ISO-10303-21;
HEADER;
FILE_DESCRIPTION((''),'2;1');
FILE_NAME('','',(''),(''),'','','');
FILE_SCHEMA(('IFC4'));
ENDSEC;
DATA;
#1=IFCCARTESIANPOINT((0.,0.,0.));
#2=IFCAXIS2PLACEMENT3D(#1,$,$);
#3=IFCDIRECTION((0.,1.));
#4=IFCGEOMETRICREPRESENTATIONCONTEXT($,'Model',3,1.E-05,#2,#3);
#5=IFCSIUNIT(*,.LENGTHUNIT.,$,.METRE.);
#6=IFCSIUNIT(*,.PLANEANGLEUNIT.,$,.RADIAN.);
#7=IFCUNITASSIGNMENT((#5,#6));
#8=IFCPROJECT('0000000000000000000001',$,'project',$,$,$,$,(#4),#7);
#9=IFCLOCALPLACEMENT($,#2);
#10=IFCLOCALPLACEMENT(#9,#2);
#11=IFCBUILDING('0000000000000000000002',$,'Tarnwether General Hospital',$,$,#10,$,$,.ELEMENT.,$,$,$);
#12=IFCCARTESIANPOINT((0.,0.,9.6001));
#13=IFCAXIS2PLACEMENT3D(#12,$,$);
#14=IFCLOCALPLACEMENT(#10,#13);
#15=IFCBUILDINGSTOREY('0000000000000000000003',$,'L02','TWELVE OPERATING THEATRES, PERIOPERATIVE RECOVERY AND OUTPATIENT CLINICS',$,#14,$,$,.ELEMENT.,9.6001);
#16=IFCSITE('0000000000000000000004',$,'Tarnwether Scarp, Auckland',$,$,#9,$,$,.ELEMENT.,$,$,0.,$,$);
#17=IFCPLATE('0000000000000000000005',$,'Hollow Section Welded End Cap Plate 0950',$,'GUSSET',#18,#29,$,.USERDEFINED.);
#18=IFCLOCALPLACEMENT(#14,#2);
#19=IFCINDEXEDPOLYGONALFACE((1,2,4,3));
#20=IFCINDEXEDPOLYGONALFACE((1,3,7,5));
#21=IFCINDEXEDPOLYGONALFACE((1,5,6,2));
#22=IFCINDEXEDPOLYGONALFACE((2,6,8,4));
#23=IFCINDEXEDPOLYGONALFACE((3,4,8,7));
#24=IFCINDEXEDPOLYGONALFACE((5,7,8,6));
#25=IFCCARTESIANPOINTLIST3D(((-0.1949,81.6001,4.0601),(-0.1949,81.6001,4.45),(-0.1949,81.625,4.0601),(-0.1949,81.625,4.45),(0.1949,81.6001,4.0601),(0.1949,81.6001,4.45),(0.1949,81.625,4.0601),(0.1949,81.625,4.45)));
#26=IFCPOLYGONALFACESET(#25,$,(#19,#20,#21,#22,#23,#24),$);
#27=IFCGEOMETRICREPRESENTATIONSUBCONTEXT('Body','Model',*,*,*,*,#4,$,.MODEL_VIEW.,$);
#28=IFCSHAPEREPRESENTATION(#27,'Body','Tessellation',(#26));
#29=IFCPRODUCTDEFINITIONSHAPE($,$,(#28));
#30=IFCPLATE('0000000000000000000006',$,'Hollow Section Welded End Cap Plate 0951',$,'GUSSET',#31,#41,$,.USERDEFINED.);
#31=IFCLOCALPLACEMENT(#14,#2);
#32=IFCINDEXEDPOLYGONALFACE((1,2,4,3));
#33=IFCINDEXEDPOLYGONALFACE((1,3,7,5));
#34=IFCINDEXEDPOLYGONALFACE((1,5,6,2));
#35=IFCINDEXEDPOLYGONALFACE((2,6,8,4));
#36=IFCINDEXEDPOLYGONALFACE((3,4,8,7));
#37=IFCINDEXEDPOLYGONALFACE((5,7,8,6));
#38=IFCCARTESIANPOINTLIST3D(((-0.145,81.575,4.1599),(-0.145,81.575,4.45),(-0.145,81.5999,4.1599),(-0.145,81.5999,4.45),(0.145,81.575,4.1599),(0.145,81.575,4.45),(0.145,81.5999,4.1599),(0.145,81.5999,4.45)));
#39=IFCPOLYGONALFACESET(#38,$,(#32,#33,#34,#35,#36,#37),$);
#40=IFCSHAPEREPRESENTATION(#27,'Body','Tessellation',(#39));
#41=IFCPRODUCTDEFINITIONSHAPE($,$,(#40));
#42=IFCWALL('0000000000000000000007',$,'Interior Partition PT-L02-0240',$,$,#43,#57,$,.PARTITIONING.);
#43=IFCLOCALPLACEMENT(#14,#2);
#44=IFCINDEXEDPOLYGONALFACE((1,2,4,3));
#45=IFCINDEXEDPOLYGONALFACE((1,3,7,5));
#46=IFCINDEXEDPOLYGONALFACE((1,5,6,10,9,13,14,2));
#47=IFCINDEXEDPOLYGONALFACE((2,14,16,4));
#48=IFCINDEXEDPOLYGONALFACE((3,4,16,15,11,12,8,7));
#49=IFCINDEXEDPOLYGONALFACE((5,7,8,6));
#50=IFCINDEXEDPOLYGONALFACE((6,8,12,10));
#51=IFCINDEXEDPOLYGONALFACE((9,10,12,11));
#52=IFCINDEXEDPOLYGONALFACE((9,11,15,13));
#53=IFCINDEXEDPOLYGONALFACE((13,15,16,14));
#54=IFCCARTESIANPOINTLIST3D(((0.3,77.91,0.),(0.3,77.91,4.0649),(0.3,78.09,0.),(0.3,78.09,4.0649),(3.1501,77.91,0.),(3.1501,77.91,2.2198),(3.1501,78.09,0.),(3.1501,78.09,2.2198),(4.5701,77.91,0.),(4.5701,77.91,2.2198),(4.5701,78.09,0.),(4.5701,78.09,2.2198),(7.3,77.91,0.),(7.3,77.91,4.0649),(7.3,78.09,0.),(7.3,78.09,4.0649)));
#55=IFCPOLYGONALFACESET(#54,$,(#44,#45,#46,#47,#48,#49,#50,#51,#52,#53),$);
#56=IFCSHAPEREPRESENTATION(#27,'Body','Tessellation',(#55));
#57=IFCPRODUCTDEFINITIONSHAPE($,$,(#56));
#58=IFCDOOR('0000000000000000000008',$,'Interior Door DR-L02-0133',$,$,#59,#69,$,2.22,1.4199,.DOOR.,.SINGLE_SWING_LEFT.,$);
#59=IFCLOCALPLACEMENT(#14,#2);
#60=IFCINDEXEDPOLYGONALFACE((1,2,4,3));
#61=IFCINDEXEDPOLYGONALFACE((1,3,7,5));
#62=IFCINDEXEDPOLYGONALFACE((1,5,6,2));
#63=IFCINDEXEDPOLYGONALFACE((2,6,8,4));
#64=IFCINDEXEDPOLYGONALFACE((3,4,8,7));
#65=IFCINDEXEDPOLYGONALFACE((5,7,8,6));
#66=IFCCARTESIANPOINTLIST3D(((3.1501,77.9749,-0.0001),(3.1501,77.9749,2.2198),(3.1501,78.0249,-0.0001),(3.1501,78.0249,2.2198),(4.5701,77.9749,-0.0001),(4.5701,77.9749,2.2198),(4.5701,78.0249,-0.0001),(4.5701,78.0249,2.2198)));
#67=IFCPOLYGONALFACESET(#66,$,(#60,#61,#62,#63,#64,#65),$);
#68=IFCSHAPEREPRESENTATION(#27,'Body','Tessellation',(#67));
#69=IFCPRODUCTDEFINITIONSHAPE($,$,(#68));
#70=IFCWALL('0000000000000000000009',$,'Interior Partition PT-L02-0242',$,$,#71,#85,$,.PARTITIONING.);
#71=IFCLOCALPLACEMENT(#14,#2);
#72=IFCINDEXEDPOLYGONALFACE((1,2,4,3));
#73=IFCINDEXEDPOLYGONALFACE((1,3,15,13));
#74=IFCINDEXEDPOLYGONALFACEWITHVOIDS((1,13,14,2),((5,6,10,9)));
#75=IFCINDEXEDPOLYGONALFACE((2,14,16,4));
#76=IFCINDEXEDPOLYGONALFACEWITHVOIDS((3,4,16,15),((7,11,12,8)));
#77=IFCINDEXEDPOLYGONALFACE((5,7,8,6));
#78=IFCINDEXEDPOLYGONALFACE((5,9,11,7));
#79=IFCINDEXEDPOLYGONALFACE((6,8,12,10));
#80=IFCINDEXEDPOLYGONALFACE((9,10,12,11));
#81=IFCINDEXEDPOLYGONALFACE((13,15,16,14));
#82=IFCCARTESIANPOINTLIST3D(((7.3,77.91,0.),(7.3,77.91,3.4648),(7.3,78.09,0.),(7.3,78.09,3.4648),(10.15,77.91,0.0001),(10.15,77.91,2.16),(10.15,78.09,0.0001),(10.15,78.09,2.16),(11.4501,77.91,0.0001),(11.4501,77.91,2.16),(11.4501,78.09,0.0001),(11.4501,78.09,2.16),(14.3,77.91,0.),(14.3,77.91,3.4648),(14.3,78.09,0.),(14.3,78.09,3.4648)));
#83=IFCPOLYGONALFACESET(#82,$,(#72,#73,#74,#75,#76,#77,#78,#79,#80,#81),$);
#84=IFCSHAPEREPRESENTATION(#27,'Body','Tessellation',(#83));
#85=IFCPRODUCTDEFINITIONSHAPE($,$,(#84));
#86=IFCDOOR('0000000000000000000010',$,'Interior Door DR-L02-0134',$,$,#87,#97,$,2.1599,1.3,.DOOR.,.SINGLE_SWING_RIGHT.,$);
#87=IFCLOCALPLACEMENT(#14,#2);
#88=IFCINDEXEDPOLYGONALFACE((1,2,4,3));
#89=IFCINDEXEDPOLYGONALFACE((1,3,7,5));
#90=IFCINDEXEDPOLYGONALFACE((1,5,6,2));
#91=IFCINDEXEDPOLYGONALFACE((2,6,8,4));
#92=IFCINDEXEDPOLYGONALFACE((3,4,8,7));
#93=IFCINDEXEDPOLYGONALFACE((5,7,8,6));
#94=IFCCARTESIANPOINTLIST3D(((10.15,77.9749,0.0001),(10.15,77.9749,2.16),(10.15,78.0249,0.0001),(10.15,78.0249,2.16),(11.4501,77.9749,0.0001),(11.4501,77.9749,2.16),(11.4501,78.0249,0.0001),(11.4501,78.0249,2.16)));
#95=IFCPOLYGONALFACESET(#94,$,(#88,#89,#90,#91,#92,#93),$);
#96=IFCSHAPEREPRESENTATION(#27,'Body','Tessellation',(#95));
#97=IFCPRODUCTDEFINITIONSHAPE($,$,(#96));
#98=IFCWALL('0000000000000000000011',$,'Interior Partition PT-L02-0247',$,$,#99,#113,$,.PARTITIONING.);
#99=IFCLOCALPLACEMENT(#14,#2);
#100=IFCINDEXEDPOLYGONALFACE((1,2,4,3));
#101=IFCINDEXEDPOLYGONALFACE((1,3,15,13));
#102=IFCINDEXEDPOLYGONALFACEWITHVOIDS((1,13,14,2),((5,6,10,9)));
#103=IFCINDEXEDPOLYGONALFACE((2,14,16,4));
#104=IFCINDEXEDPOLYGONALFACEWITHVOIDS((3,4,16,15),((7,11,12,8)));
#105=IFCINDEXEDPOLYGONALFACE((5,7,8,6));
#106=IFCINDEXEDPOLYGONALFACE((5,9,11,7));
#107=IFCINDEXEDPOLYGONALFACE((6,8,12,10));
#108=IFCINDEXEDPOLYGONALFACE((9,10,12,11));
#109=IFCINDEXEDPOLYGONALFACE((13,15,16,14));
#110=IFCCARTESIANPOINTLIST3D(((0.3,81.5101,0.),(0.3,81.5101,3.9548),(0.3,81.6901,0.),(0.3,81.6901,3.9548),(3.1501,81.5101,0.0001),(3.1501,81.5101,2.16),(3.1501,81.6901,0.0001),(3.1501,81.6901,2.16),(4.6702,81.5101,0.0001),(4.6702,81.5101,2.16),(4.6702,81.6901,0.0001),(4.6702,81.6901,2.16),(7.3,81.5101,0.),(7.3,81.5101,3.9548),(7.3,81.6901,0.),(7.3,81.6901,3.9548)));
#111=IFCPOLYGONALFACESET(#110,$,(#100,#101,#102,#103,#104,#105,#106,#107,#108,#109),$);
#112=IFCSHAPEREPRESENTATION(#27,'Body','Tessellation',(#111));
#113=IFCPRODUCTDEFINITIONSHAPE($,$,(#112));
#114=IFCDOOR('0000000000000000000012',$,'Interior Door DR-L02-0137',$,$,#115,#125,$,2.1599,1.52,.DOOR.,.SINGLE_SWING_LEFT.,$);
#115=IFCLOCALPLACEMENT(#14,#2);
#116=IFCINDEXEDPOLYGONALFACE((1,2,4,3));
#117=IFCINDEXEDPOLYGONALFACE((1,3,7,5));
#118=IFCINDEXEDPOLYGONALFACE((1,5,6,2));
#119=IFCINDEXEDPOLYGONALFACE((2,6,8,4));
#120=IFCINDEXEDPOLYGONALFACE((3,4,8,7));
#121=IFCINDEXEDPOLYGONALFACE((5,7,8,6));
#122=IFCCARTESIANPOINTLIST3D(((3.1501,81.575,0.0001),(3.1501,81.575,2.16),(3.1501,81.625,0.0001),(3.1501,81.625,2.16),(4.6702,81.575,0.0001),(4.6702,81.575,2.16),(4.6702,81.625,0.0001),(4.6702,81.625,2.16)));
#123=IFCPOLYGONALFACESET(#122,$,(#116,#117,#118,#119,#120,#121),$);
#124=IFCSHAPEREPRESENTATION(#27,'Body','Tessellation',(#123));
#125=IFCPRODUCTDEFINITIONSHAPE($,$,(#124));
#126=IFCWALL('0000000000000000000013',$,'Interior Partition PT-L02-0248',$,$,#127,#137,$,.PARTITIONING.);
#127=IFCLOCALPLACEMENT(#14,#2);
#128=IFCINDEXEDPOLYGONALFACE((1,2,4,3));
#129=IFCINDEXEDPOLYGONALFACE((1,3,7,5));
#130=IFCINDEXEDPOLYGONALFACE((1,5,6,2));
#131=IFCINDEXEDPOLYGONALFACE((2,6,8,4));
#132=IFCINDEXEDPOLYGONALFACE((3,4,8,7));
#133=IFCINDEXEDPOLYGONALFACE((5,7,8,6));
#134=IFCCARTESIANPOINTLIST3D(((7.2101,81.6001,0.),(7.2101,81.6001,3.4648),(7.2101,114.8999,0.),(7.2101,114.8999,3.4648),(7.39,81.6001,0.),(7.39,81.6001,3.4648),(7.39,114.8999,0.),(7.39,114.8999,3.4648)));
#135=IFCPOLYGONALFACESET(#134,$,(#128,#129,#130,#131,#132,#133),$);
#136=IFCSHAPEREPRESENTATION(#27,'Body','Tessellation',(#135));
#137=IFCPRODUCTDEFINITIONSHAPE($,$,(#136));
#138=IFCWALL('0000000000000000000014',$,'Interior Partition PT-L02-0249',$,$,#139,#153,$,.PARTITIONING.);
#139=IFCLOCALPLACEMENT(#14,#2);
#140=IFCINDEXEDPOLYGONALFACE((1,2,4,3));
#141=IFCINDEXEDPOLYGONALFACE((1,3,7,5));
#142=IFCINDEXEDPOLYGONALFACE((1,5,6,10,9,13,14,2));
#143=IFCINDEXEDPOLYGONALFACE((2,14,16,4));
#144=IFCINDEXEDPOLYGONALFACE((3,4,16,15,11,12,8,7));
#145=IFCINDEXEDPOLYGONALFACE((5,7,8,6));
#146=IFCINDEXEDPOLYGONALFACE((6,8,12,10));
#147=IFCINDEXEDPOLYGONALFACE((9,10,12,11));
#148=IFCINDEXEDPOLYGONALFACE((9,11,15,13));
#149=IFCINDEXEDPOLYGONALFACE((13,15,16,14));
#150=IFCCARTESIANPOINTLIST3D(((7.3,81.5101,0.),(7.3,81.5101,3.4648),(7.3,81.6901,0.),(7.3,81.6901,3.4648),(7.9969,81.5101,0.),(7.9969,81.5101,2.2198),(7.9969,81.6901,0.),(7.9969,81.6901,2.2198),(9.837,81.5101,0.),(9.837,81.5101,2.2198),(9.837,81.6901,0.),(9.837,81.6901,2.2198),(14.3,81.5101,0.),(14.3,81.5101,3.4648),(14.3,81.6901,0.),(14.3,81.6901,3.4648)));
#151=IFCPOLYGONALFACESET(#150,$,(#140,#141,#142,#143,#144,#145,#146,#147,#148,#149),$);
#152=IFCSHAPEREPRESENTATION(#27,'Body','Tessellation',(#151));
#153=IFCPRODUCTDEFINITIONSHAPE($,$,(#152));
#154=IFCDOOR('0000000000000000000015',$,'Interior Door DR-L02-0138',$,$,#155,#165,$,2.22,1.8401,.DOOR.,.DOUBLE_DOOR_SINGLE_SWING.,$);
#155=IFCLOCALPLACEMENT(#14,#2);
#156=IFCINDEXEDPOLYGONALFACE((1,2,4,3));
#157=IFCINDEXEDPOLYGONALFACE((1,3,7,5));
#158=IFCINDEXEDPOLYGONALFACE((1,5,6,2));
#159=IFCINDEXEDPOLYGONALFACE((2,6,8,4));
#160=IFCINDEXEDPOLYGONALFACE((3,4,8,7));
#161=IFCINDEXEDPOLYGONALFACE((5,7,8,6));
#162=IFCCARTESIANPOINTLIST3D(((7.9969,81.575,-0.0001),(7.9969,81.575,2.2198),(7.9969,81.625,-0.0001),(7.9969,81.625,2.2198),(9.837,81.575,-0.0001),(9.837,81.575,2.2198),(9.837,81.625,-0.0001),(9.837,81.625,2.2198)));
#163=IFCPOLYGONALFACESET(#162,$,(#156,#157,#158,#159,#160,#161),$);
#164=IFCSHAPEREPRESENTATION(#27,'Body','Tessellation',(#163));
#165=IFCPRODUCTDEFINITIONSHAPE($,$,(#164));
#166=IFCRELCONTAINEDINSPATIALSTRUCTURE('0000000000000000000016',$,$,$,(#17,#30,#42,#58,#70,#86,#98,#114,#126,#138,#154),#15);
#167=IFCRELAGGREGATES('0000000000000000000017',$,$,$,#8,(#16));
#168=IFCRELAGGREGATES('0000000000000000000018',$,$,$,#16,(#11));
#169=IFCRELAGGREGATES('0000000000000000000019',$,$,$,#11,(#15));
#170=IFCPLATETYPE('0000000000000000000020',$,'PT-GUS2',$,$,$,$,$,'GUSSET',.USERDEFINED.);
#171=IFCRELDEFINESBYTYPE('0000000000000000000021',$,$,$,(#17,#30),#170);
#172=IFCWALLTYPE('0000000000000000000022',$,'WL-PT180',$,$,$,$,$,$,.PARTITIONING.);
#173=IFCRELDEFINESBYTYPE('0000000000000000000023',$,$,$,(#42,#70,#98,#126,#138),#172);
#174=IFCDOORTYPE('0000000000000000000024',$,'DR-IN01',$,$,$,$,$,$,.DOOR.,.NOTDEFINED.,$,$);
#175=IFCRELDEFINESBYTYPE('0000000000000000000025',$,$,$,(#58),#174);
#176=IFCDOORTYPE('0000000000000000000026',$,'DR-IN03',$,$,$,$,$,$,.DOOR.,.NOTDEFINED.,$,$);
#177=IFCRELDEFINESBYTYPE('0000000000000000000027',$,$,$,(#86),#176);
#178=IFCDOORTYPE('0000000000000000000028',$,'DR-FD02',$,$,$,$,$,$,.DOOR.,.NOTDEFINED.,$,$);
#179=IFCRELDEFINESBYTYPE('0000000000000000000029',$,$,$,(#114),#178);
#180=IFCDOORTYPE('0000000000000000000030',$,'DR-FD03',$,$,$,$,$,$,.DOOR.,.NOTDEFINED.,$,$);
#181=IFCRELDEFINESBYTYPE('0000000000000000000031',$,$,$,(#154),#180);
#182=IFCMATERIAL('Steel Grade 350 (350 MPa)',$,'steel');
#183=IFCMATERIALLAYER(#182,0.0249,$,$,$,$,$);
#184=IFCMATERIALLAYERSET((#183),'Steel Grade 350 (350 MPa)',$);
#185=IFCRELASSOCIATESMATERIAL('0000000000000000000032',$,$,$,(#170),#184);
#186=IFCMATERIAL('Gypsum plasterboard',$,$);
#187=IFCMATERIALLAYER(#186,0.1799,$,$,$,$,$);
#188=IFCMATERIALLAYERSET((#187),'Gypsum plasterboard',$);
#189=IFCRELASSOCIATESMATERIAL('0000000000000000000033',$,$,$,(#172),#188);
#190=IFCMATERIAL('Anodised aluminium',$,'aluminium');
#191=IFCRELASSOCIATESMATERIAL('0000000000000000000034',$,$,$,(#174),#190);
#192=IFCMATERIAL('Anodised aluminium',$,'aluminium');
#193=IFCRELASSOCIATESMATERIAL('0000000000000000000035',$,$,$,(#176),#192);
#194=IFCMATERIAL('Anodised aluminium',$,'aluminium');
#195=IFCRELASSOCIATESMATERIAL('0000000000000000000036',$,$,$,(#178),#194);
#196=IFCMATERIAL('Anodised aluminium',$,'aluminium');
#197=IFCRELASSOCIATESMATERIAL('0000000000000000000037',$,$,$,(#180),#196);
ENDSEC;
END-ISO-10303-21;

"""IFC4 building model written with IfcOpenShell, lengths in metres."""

from ifc_helpers import new_model, si_unit, direction, frame, frame_2d, origin, origin_2d, place, context, subcontext, project, spatial, rectangle, extrude, material, layer, layer_set, type_object, element, fill, save


model = new_model("IFC4")

# Units and contexts
model_context = context("Model", 3, precision=1e-05, world=origin(), true_north=direction((0.0, 1.0)))
body_context = subcontext(model_context, "Body", "Model", "MODEL_VIEW")
ifc_project = project(units=[si_unit("LENGTHUNIT", "METRE"), si_unit("PLANEANGLEUNIT", "RADIAN")], contexts=[model_context])

# Site, building, storey
site_placement = place(None, origin())
site = spatial("IfcSite", under=ifc_project, at=site_placement, Name="Tarnwether Scarp, Auckland", CompositionType="ELEMENT", RefElevation=0.0)
building_placement = place(site_placement, origin())
building = spatial("IfcBuilding", under=site, at=building_placement, Name="Tarnwether General Hospital", CompositionType="ELEMENT")
storey_placement = place(building_placement, frame((0.0, 0.0, 9.6001)))
storey = spatial("IfcBuildingStorey", under=building, at=storey_placement, Name="L02", Description="TWELVE OPERATING THEATRES, PERIOPERATIVE RECOVERY AND OUTPATIENT CLINICS", CompositionType="ELEMENT", Elevation=9.6001)

# Plates
ifc_material_1 = material(Name="Steel Grade 350 (350 MPa)", Category="steel")
ifc_layer_1 = layer(ifc_material_1, 0.0249)
ifc_layer_set_1 = layer_set([ifc_layer_1], Name="Steel Grade 350 (350 MPa)")
plate_type = type_object("IfcPlateType", Name="PT-GUS2", ElementType="GUSSET", PredefinedType="USERDEFINED", material=ifc_layer_set_1)
plate_1_placement = place(storey_placement, frame((0.0, 81.6125, 4.0601), z_axis=(0.0, 0.0, 1.0), x_axis=(0.0, 1.0, 0.0)))
element("IfcPlate", 1, at=plate_1_placement, inside=storey, type_object=plate_type, Name="Hollow Section Welded End Cap Plate 0950", ObjectType="GUSSET", PredefinedType="USERDEFINED", context=body_context, shape_type="SweptSolid", body=[
    extrude(rectangle(XDim=0.0249, YDim=0.3899, at=origin_2d()), origin(), (0.0, 0.0, 1.0), 0.3899),
])
plate_2_placement = place(storey_placement, frame((0.0, 81.5874, 4.1599), z_axis=(0.0, 0.0, 1.0), x_axis=(0.0, 1.0, 0.0)))
element("IfcPlate", 2, at=plate_2_placement, inside=storey, type_object=plate_type, Name="Hollow Section Welded End Cap Plate 0951", ObjectType="GUSSET", PredefinedType="USERDEFINED", context=body_context, shape_type="SweptSolid", body=[
    extrude(rectangle(XDim=0.0249, YDim=0.29, at=origin_2d()), origin(), (0.0, 0.0, 1.0), 0.29),
])

# Walls, openings, doors
ifc_material_2 = material(Name="Gypsum plasterboard")
ifc_layer_2 = layer(ifc_material_2, 0.1799)
ifc_layer_set_2 = layer_set([ifc_layer_2], Name="Gypsum plasterboard")
wall_type = type_object("IfcWallType", Name="WL-PT180", PredefinedType="PARTITIONING", material=ifc_layer_set_2)
wall_1_placement = place(storey_placement, frame((0.3, 78.0, 0.0), z_axis=(0.0, 0.0, 1.0), x_axis=(1.0, 0.0, 0.0)))
wall_1 = element("IfcWall", 3, at=wall_1_placement, inside=storey, type_object=wall_type, Name="Interior Partition PT-L02-0240", PredefinedType="PARTITIONING", context=body_context, shape_type="SweptSolid", body=[
    extrude(rectangle(XDim=7.0, YDim=0.1799, at=frame_2d((3.5, 0.0))), origin(), (0.0, 0.0, 1.0), 4.0649),
])
opening_1_placement = place(wall_1_placement, frame((2.8501, 0.0, 0.0)))
opening_1 = element("IfcOpeningElement", 4, at=opening_1_placement, cuts=wall_1, PredefinedType="OPENING", context=body_context, shape_type="SweptSolid", body=[
    extrude(rectangle(XDim=1.4199, YDim=2.22, at=frame_2d((0.71, 1.1099))), frame((0.0, 0.1001, 0.0), z_axis=(0.0, -1.0, 0.0), x_axis=(1.0, 0.0, 0.0)), (0.0, 0.0, 1.0), 0.2),
])
ifc_material_3 = material(Name="Anodised aluminium", Category="aluminium")
door_type_1 = type_object("IfcDoorType", Name="DR-IN01", OperationType="NOTDEFINED", PredefinedType="DOOR", material=ifc_material_3)
door_1_placement = place(opening_1_placement, origin())
door_1 = element("IfcDoor", 5, at=door_1_placement, inside=storey, type_object=door_type_1, Name="Interior Door DR-L02-0133", OperationType="SINGLE_SWING_LEFT", OverallHeight=2.22, OverallWidth=1.4199, PredefinedType="DOOR", context=body_context, shape_type="SweptSolid", body=[
    extrude(rectangle(XDim=1.4199, YDim=2.22, at=frame_2d((0.71, 1.1099))), frame((0.0, 0.0249, 0.0), z_axis=(0.0, -1.0, 0.0), x_axis=(1.0, 0.0, 0.0)), (0.0, 0.0, 1.0), 0.05),
])
fill(opening_1, door_1)
wall_2_placement = place(storey_placement, frame((7.3, 78.0, 0.0), z_axis=(0.0, 0.0, 1.0), x_axis=(1.0, 0.0, 0.0)))
wall_2 = element("IfcWall", 6, at=wall_2_placement, inside=storey, type_object=wall_type, Name="Interior Partition PT-L02-0242", PredefinedType="PARTITIONING", context=body_context, shape_type="SweptSolid", body=[
    extrude(rectangle(XDim=7.0, YDim=0.1799, at=frame_2d((3.5, 0.0))), origin(), (0.0, 0.0, 1.0), 3.4648),
])
opening_2_placement = place(wall_2_placement, frame((2.8501, 0.0, 0.0)))
opening_2 = element("IfcOpeningElement", 7, at=opening_2_placement, cuts=wall_2, PredefinedType="OPENING", context=body_context, shape_type="SweptSolid", body=[
    extrude(rectangle(XDim=1.3, YDim=2.1599, at=frame_2d((0.6499, 1.0801))), frame((0.0, 0.1001, 0.0), z_axis=(0.0, -1.0, 0.0), x_axis=(1.0, 0.0, 0.0)), (0.0, 0.0, 1.0), 0.2),
])
ifc_material_4 = material(Name="Anodised aluminium", Category="aluminium")
door_type_2 = type_object("IfcDoorType", Name="DR-IN03", OperationType="NOTDEFINED", PredefinedType="DOOR", material=ifc_material_4)
door_2_placement = place(opening_2_placement, origin())
door_2 = element("IfcDoor", 8, at=door_2_placement, inside=storey, type_object=door_type_2, Name="Interior Door DR-L02-0134", OperationType="SINGLE_SWING_RIGHT", OverallHeight=2.1599, OverallWidth=1.3, PredefinedType="DOOR", context=body_context, shape_type="SweptSolid", body=[
    extrude(rectangle(XDim=1.3, YDim=2.1599, at=frame_2d((0.6499, 1.0801))), frame((0.0, 0.0249, 0.0), z_axis=(0.0, -1.0, 0.0), x_axis=(1.0, 0.0, 0.0)), (0.0, 0.0, 1.0), 0.05),
])
fill(opening_2, door_2)
wall_3_placement = place(storey_placement, frame((0.3, 81.6001, 0.0), z_axis=(0.0, 0.0, 1.0), x_axis=(1.0, 0.0, 0.0)))
wall_3 = element("IfcWall", 9, at=wall_3_placement, inside=storey, type_object=wall_type, Name="Interior Partition PT-L02-0247", PredefinedType="PARTITIONING", context=body_context, shape_type="SweptSolid", body=[
    extrude(rectangle(XDim=7.0, YDim=0.1799, at=frame_2d((3.5, 0.0))), origin(), (0.0, 0.0, 1.0), 3.9548),
])
opening_3_placement = place(wall_3_placement, frame((2.8501, 0.0, 0.0)))
opening_3 = element("IfcOpeningElement", 10, at=opening_3_placement, cuts=wall_3, PredefinedType="OPENING", context=body_context, shape_type="SweptSolid", body=[
    extrude(rectangle(XDim=1.52, YDim=2.1599, at=frame_2d((0.76, 1.0801))), frame((0.0, 0.1001, 0.0), z_axis=(0.0, -1.0, 0.0), x_axis=(1.0, 0.0, 0.0)), (0.0, 0.0, 1.0), 0.2),
])
ifc_material_5 = material(Name="Anodised aluminium", Category="aluminium")
door_type_3 = type_object("IfcDoorType", Name="DR-FD02", OperationType="NOTDEFINED", PredefinedType="DOOR", material=ifc_material_5)
door_3_placement = place(opening_3_placement, origin())
door_3 = element("IfcDoor", 11, at=door_3_placement, inside=storey, type_object=door_type_3, Name="Interior Door DR-L02-0137", OperationType="SINGLE_SWING_LEFT", OverallHeight=2.1599, OverallWidth=1.52, PredefinedType="DOOR", context=body_context, shape_type="SweptSolid", body=[
    extrude(rectangle(XDim=1.52, YDim=2.1599, at=frame_2d((0.76, 1.0801))), frame((0.0, 0.0249, 0.0), z_axis=(0.0, -1.0, 0.0), x_axis=(1.0, 0.0, 0.0)), (0.0, 0.0, 1.0), 0.05),
])
fill(opening_3, door_3)

# Wall
wall_4_placement = place(storey_placement, frame((7.3, 81.6001, 0.0), z_axis=(0.0, 0.0, 1.0), x_axis=(0.0, 1.0, 0.0)))
element("IfcWall", 12, at=wall_4_placement, inside=storey, type_object=wall_type, Name="Interior Partition PT-L02-0248", PredefinedType="PARTITIONING", context=body_context, shape_type="SweptSolid", body=[
    extrude(rectangle(XDim=33.2998, YDim=0.1799, at=frame_2d((16.6499, 0.0))), origin(), (0.0, 0.0, 1.0), 3.4648),
])

# Wall, opening, door
wall_5_placement = place(storey_placement, frame((7.3, 81.6001, 0.0), z_axis=(0.0, 0.0, 1.0), x_axis=(1.0, 0.0, 0.0)))
wall_5 = element("IfcWall", 13, at=wall_5_placement, inside=storey, type_object=wall_type, Name="Interior Partition PT-L02-0249", PredefinedType="PARTITIONING", context=body_context, shape_type="SweptSolid", body=[
    extrude(rectangle(XDim=7.0, YDim=0.1799, at=frame_2d((3.5, 0.0))), origin(), (0.0, 0.0, 1.0), 3.4648),
])
opening_4_placement = place(wall_5_placement, frame((0.697, 0.0, 0.0)))
opening_4 = element("IfcOpeningElement", 14, at=opening_4_placement, cuts=wall_5, PredefinedType="OPENING", context=body_context, shape_type="SweptSolid", body=[
    extrude(rectangle(XDim=1.8401, YDim=2.22, at=frame_2d((0.9199, 1.1099))), frame((0.0, 0.1001, 0.0), z_axis=(0.0, -1.0, 0.0), x_axis=(1.0, 0.0, 0.0)), (0.0, 0.0, 1.0), 0.2),
])
ifc_material_6 = material(Name="Anodised aluminium", Category="aluminium")
door_type_4 = type_object("IfcDoorType", Name="DR-FD03", OperationType="NOTDEFINED", PredefinedType="DOOR", material=ifc_material_6)
door_4_placement = place(opening_4_placement, origin())
door_4 = element("IfcDoor", 15, at=door_4_placement, inside=storey, type_object=door_type_4, Name="Interior Door DR-L02-0138", OperationType="DOUBLE_DOOR_SINGLE_SWING", OverallHeight=2.22, OverallWidth=1.8401, PredefinedType="DOOR", context=body_context, shape_type="SweptSolid", body=[
    extrude(rectangle(XDim=1.8401, YDim=2.22, at=frame_2d((0.9199, 1.1099))), frame((0.0, 0.0249, 0.0), z_axis=(0.0, -1.0, 0.0), x_axis=(1.0, 0.0, 0.0)), (0.0, 0.0, 1.0), 0.05),
])
fill(opening_4, door_4)

save(model, "model.ifc")
